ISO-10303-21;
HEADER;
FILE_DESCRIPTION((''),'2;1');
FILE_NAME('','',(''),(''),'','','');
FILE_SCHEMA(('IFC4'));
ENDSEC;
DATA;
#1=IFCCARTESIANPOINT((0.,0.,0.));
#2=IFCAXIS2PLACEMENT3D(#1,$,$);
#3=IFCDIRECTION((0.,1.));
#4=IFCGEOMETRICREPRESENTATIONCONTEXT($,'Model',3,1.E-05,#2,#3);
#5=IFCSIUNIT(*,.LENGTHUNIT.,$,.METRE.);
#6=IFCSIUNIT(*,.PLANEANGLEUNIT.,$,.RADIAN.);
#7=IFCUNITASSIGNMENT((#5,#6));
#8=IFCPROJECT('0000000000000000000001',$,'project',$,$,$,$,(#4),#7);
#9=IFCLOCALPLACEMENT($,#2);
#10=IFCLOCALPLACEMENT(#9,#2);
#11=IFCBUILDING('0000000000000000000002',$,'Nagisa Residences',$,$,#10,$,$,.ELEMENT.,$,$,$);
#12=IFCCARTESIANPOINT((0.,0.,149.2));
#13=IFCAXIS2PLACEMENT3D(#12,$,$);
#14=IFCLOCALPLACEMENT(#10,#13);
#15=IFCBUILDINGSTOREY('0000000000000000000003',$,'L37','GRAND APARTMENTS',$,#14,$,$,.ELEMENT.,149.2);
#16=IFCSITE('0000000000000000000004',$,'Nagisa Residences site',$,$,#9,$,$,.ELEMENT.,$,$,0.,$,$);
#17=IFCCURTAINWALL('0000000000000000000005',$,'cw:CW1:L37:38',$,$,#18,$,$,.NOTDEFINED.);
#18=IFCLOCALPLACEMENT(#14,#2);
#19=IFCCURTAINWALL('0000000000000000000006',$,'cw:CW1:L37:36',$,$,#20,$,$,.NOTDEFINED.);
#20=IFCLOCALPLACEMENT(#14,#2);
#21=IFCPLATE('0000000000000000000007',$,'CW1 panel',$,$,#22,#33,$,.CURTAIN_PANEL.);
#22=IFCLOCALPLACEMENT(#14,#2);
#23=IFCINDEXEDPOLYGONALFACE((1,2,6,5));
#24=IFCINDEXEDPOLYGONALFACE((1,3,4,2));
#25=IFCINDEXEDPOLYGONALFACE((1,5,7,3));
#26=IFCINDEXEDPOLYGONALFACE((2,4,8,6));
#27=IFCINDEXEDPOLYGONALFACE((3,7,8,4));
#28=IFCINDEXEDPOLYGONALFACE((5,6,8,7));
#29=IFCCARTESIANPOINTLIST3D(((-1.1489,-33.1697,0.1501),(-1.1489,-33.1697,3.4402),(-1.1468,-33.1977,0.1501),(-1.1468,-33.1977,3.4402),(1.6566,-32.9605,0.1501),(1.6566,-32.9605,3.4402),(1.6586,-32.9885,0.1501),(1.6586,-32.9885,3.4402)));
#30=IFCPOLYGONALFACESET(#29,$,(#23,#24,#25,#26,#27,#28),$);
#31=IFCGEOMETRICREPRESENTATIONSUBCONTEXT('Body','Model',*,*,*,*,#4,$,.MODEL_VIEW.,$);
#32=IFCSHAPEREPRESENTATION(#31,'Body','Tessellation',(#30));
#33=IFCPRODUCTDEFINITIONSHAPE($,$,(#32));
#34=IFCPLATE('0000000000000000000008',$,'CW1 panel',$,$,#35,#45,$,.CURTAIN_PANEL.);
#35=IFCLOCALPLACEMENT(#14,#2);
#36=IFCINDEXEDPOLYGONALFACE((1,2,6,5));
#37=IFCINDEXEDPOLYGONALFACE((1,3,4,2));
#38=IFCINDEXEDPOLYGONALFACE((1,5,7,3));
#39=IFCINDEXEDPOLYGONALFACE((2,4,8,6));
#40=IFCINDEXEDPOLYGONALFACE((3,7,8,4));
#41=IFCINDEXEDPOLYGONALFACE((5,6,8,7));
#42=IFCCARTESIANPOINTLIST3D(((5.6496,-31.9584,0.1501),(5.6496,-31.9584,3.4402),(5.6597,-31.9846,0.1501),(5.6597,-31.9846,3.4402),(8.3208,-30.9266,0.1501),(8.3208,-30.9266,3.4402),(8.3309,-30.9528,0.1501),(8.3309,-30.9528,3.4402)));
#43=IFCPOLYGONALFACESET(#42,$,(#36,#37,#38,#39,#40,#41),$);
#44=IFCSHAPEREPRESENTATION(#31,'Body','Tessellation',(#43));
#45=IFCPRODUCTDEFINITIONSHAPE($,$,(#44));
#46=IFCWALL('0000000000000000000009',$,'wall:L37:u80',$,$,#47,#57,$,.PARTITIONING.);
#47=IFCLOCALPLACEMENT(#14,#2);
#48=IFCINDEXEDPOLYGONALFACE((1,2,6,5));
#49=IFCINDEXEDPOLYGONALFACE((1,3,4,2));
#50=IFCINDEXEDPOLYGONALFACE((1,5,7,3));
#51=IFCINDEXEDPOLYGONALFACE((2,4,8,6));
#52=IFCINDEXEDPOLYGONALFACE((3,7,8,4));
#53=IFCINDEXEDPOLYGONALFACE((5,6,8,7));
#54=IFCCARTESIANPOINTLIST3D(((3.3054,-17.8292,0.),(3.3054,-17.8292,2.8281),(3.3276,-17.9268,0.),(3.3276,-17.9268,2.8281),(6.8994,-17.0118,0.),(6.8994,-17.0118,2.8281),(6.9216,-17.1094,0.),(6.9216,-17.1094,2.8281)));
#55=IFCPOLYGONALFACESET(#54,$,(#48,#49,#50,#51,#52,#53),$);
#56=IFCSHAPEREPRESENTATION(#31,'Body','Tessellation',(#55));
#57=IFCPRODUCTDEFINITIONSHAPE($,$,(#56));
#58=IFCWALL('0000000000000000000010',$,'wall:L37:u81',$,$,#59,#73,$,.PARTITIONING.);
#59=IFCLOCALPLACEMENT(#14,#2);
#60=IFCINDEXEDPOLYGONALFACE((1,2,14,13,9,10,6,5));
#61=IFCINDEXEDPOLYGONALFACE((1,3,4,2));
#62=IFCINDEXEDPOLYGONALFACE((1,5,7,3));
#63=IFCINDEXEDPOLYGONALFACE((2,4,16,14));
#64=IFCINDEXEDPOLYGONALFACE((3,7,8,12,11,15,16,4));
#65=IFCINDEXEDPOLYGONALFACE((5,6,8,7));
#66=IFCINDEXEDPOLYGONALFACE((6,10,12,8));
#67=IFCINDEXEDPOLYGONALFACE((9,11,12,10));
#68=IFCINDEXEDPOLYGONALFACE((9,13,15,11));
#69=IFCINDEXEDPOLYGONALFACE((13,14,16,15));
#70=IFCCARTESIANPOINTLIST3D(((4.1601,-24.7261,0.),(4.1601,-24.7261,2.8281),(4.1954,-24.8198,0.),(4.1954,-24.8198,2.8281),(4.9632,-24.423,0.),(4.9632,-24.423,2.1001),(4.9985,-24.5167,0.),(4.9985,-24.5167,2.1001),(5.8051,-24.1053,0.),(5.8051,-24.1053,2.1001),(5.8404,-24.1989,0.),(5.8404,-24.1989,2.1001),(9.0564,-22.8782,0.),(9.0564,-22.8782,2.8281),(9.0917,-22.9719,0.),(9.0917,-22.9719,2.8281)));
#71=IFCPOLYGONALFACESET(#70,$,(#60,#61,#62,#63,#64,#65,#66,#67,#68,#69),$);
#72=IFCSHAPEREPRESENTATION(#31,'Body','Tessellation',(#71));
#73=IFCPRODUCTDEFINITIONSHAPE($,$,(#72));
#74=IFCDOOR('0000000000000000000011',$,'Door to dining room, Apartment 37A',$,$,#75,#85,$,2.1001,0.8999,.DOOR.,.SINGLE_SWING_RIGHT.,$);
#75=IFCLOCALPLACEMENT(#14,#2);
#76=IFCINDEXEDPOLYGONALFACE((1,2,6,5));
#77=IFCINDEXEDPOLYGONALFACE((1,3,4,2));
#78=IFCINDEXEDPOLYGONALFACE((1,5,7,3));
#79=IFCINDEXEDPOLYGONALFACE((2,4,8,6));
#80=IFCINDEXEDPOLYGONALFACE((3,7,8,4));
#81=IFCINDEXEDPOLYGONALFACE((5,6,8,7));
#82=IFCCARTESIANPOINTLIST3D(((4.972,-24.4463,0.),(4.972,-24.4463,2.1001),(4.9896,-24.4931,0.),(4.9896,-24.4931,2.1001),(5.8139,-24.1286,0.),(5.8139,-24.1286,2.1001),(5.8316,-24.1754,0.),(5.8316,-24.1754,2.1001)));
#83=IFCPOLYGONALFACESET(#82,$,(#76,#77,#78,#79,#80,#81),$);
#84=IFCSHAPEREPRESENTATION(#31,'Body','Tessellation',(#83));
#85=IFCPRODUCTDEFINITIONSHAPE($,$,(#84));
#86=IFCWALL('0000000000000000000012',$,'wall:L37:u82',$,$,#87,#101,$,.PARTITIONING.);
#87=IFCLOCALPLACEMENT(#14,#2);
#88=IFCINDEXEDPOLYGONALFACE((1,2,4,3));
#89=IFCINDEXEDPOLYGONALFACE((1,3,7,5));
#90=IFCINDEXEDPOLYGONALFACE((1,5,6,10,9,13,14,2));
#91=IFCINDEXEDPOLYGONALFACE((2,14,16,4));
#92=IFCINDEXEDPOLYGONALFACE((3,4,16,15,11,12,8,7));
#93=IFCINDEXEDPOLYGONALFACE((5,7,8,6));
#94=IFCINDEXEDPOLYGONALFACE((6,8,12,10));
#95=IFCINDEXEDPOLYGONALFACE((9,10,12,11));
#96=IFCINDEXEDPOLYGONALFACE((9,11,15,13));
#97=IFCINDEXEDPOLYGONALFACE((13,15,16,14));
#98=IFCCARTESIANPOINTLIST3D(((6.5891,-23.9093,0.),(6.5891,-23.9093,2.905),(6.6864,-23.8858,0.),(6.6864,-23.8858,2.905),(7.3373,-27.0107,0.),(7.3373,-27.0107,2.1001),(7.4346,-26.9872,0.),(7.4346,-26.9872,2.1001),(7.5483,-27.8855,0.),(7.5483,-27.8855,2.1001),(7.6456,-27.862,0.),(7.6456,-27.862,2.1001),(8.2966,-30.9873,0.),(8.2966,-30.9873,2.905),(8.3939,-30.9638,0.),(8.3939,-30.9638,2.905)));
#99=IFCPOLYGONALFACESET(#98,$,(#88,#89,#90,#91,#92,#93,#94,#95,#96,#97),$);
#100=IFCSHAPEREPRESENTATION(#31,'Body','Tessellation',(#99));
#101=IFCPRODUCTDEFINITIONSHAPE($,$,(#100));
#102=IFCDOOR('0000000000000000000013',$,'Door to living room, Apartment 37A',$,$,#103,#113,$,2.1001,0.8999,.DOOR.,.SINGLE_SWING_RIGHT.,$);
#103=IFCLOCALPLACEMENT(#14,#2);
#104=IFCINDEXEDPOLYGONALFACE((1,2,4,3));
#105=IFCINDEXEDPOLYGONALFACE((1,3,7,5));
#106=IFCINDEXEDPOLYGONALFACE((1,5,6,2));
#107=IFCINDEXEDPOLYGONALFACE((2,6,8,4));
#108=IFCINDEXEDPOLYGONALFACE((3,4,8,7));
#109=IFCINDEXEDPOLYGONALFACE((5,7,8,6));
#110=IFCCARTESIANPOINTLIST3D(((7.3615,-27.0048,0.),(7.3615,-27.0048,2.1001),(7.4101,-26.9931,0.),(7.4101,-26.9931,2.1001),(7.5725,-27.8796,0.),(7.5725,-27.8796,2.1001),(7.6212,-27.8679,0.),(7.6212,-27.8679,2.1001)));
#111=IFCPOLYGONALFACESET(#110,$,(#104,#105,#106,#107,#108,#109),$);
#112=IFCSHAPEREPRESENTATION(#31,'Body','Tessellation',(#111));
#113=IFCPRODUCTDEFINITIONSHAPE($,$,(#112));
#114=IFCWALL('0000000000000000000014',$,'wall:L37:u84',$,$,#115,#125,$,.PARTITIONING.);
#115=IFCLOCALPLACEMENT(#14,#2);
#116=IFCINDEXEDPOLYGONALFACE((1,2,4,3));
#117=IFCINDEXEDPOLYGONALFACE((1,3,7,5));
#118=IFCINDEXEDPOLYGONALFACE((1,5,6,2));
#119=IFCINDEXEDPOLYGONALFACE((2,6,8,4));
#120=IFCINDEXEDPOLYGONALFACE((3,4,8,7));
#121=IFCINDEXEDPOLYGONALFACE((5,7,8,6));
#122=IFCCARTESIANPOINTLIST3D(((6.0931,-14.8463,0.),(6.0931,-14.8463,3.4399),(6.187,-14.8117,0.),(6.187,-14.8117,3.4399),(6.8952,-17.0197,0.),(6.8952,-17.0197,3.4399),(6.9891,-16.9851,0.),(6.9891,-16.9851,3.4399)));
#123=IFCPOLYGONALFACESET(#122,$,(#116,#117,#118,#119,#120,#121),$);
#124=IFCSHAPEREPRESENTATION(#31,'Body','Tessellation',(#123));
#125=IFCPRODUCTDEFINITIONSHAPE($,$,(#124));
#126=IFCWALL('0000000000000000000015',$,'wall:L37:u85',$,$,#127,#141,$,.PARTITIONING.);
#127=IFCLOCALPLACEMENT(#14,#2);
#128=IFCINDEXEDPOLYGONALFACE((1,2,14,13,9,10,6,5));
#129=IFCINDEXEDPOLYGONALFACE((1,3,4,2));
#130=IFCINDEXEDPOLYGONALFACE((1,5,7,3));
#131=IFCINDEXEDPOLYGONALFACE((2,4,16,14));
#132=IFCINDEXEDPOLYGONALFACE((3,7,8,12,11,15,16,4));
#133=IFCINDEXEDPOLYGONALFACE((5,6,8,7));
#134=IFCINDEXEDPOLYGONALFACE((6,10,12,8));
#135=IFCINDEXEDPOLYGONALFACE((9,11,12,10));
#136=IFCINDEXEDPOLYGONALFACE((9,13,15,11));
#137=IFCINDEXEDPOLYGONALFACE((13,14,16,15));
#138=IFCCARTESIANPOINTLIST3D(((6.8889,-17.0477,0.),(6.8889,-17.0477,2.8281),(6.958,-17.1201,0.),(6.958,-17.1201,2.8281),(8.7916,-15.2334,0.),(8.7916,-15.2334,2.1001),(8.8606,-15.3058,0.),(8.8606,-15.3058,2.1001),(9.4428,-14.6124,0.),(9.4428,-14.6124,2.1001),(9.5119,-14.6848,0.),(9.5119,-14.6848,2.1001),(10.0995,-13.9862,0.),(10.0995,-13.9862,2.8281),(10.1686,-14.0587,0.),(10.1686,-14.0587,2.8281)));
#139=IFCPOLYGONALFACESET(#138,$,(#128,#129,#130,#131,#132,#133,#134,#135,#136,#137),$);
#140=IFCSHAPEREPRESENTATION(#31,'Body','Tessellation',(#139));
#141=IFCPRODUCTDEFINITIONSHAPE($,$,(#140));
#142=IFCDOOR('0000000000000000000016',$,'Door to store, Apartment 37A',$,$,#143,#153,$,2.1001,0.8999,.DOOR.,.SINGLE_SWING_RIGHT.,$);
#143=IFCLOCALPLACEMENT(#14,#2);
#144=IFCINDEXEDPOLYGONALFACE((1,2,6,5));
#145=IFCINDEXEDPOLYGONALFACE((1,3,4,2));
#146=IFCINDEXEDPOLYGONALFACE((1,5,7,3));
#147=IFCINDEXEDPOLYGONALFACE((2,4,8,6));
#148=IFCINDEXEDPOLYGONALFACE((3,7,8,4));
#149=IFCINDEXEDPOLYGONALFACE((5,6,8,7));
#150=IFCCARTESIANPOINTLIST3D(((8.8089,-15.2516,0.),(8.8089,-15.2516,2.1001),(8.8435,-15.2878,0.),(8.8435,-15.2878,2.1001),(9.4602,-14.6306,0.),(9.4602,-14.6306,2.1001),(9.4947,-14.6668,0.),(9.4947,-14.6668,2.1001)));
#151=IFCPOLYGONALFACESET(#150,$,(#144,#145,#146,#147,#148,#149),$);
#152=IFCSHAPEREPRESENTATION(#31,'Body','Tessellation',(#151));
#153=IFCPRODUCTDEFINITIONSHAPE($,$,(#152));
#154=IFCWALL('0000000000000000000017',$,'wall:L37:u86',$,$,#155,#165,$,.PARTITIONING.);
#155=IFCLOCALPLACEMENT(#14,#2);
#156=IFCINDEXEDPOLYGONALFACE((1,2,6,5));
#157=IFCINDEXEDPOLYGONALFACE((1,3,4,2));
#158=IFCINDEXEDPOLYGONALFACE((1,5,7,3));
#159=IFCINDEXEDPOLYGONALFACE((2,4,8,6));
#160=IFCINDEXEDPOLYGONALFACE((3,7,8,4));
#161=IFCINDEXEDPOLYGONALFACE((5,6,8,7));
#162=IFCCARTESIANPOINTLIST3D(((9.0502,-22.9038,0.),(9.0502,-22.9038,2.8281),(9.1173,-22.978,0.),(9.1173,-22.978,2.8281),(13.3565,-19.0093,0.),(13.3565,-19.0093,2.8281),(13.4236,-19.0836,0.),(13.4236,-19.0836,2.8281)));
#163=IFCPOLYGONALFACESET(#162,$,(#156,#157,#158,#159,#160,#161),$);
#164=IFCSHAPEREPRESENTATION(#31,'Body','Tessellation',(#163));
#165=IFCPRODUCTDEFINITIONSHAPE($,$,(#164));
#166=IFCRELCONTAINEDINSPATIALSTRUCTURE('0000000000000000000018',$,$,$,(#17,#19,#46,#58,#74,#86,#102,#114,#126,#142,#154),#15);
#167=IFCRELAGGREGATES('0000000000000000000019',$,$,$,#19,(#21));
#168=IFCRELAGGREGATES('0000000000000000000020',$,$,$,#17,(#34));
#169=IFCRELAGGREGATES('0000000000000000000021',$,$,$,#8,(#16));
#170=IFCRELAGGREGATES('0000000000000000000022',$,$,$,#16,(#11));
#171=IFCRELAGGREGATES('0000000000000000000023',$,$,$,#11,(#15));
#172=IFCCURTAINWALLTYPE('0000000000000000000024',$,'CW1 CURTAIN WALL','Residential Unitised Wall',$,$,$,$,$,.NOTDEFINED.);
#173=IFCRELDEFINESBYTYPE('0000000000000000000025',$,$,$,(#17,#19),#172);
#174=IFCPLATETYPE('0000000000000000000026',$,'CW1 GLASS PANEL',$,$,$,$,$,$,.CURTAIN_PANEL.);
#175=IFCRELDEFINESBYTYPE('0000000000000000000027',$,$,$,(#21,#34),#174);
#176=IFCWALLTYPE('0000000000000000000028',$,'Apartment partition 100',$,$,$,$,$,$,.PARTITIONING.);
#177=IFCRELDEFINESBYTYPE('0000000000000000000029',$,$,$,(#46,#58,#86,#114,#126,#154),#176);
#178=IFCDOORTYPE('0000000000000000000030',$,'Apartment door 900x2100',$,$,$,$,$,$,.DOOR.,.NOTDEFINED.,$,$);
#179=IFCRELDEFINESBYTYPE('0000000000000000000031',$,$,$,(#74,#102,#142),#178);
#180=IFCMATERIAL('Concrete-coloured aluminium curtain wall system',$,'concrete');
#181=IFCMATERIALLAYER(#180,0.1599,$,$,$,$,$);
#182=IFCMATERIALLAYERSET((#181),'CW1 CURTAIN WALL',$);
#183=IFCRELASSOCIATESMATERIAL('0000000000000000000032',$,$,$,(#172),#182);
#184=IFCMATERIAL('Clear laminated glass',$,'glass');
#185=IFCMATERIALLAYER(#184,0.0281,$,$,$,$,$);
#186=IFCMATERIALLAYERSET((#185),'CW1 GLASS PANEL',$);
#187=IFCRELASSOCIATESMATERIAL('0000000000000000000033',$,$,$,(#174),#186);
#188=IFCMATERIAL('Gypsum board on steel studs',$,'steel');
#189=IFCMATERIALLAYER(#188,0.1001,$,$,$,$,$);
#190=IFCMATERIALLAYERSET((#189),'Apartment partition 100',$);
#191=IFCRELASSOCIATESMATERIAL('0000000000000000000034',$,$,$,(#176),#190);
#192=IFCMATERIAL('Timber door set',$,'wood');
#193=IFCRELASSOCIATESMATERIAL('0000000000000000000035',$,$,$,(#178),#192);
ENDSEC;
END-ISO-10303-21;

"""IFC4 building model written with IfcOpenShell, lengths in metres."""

from ifc_helpers import new_model, si_unit, direction, frame, frame_2d, origin, origin_2d, place, context, subcontext, project, spatial, rectangle, extrude, material, layer, layer_set, type_object, element, fill, aggregate, save


model = new_model("IFC4")

# Units and contexts
model_context = context("Model", 3, precision=1e-05, world=origin(), true_north=direction((0.0, 1.0)))
body_context = subcontext(model_context, "Body", "Model", "MODEL_VIEW")
ifc_project = project(units=[si_unit("LENGTHUNIT", "METRE"), si_unit("PLANEANGLEUNIT", "RADIAN")], contexts=[model_context])

# Site, building, storey
site_placement = place(None, origin())
site = spatial("IfcSite", under=ifc_project, at=site_placement, Name="Nagisa Residences site", CompositionType="ELEMENT", RefElevation=0.0)
building_placement = place(site_placement, origin())
building = spatial("IfcBuilding", under=site, at=building_placement, Name="Nagisa Residences", CompositionType="ELEMENT")
storey_placement = place(building_placement, frame((0.0, 0.0, 149.2)))
storey = spatial("IfcBuildingStorey", under=building, at=storey_placement, Name="L37", Description="GRAND APARTMENTS", CompositionType="ELEMENT", Elevation=149.2)

# Curtain wall
ifc_material_1 = material(Name="Concrete-coloured aluminium curtain wall system", Category="concrete")
ifc_layer_1 = layer(ifc_material_1, 0.1599)
ifc_layer_set_1 = layer_set([ifc_layer_1], Name="CW1 CURTAIN WALL")
curtain_wall_type = type_object("IfcCurtainWallType", Name="CW1 CURTAIN WALL", Description="Residential Unitised Wall", PredefinedType="NOTDEFINED", material=ifc_layer_set_1)
curtain_wall_1_placement = place(storey_placement, origin())
curtain_wall_1 = element("IfcCurtainWall", 1, at=curtain_wall_1_placement, inside=storey, type_object=curtain_wall_type, Name="cw:CW1:L37:38", PredefinedType="NOTDEFINED")

# Curtain wall, plate
curtain_wall_2_placement = place(storey_placement, origin())
curtain_wall_2 = element("IfcCurtainWall", 2, at=curtain_wall_2_placement, inside=storey, type_object=curtain_wall_type, Name="cw:CW1:L37:36", PredefinedType="NOTDEFINED")
ifc_material_2 = material(Name="Clear laminated glass", Category="glass")
ifc_layer_2 = layer(ifc_material_2, 0.0281)
ifc_layer_set_2 = layer_set([ifc_layer_2], Name="CW1 GLASS PANEL")
plate_type = type_object("IfcPlateType", Name="CW1 GLASS PANEL", PredefinedType="CURTAIN_PANEL", material=ifc_layer_set_2)
plate_1_placement = place(storey_placement, frame((0.2549, -33.0791, 0.1501), z_axis=(0.0, 0.0, 1.0), x_axis=(0.99723, 0.074377, 0.0)))
plate_1 = element("IfcPlate", 3, at=plate_1_placement, type_object=plate_type, Name="CW1 panel", PredefinedType="CURTAIN_PANEL", context=body_context, shape_type="SweptSolid", body=[
    extrude(rectangle(XDim=2.8132, YDim=0.0281, at=origin_2d()), origin(), (0.0, 0.0, 1.0), 3.29),
])
aggregate(curtain_wall_2, [plate_1])

# Plate
plate_2_placement = place(storey_placement, frame((6.9902, -31.4556, 0.1501), z_axis=(0.0, 0.0, 1.0), x_axis=(0.932826, 0.360328, 0.0)))
plate_2 = element("IfcPlate", 4, at=plate_2_placement, type_object=plate_type, Name="CW1 panel", PredefinedType="CURTAIN_PANEL", context=body_context, shape_type="SweptSolid", body=[
    extrude(rectangle(XDim=2.8635, YDim=0.0281, at=origin_2d()), origin(), (0.0, 0.0, 1.0), 3.29),
])
aggregate(curtain_wall_1, [plate_2])

# Wall
ifc_material_3 = material(Name="Gypsum board on steel studs", Category="steel")
ifc_layer_3 = layer(ifc_material_3, 0.1001)
ifc_layer_set_3 = layer_set([ifc_layer_3], Name="Apartment partition 100")
wall_type_1 = type_object("IfcWallType", Name="Apartment partition 100", PredefinedType="PARTITIONING", material=ifc_layer_set_3)
wall_1_placement = place(storey_placement, frame((3.3167, -17.8779, 0.0), z_axis=(0.0, 0.0, 1.0), x_axis=(0.9751, 0.221767, 0.0)))
element("IfcWall", 5, at=wall_1_placement, inside=storey, type_object=wall_type_1, Name="wall:L37:u80", PredefinedType="PARTITIONING", context=body_context, shape_type="SweptSolid", body=[
    extrude(rectangle(XDim=3.6858, YDim=0.1001, at=frame_2d((1.8428, 0.0))), origin(), (0.0, 0.0, 1.0), 2.8281),
])

# Walls, openings, doors
wall_2_placement = place(storey_placement, frame((4.1777, -24.7729, 0.0), z_axis=(0.0, 0.0, 1.0), x_axis=(0.935585, 0.353101, 0.0)))
wall_2 = element("IfcWall", 6, at=wall_2_placement, inside=storey, type_object=wall_type_1, Name="wall:L37:u81", PredefinedType="PARTITIONING", context=body_context, shape_type="SweptSolid", body=[
    extrude(rectangle(XDim=5.2334, YDim=0.1001, at=frame_2d((2.6167, 0.0))), origin(), (0.0, 0.0, 1.0), 2.8281),
])
opening_1_placement = place(wall_2_placement, frame((0.8584, 0.0, 0.0)))
opening_1 = element("IfcOpeningElement", 7, at=opening_1_placement, cuts=wall_2, PredefinedType="OPENING", context=body_context, shape_type="SweptSolid", body=[
    extrude(rectangle(XDim=0.8999, YDim=2.1001, at=frame_2d((0.45, 1.05))), frame((0.0, 0.0601, 0.0), z_axis=(0.0, -1.0, 0.0), x_axis=(1.0, 0.0, 0.0)), (0.0, 0.0, 1.0), 0.1201),
])
ifc_material_4 = material(Name="Timber door set", Category="wood")
door_type_1 = type_object("IfcDoorType", Name="Apartment door 900x2100", OperationType="NOTDEFINED", PredefinedType="DOOR", material=ifc_material_4)
door_1_placement = place(opening_1_placement, frame((0.8999, 0.0, 0.0), x_axis=(-1.0, 0.0, 0.0)))
door_1 = element("IfcDoor", 8, at=door_1_placement, inside=storey, type_object=door_type_1, Name="Door to dining room, Apartment 37A", OperationType="SINGLE_SWING_RIGHT", OverallHeight=2.1001, OverallWidth=0.8999, PredefinedType="DOOR", context=body_context, shape_type="SweptSolid", body=[
    extrude(rectangle(XDim=0.8999, YDim=2.1001, at=frame_2d((0.45, 1.05))), frame((0.0, 0.0249, 0.0), z_axis=(0.0, -1.0, 0.0), x_axis=(1.0, 0.0, 0.0)), (0.0, 0.0, 1.0), 0.05),
])
fill(opening_1, door_1)
wall_3_placement = place(storey_placement, frame((6.6377, -23.8975, 0.0), z_axis=(0.0, 0.0, 1.0), x_axis=(0.234519, -0.972111, 0.0)))
wall_3 = element("IfcWall", 9, at=wall_3_placement, inside=storey, type_object=wall_type_1, Name="wall:L37:u82", PredefinedType="PARTITIONING", context=body_context, shape_type="SweptSolid", body=[
    extrude(rectangle(XDim=7.281, YDim=0.1001, at=frame_2d((3.6406, 0.0))), origin(), (0.0, 0.0, 1.0), 2.905),
])
opening_2_placement = place(wall_3_placement, frame((3.1904, 0.0, 0.0)))
opening_2 = element("IfcOpeningElement", 10, at=opening_2_placement, cuts=wall_3, PredefinedType="OPENING", context=body_context, shape_type="SweptSolid", body=[
    extrude(rectangle(XDim=0.8999, YDim=2.1001, at=frame_2d((0.45, 1.05))), frame((0.0, 0.0601, 0.0), z_axis=(0.0, -1.0, 0.0), x_axis=(1.0, 0.0, 0.0)), (0.0, 0.0, 1.0), 0.1201),
])
door_2_placement = place(opening_2_placement, origin())
door_2 = element("IfcDoor", 11, at=door_2_placement, inside=storey, type_object=door_type_1, Name="Door to living room, Apartment 37A", OperationType="SINGLE_SWING_RIGHT", OverallHeight=2.1001, OverallWidth=0.8999, PredefinedType="DOOR", context=body_context, shape_type="SweptSolid", body=[
    extrude(rectangle(XDim=0.8999, YDim=2.1001, at=frame_2d((0.45, 1.05))), frame((0.0, 0.0249, 0.0), z_axis=(0.0, -1.0, 0.0), x_axis=(1.0, 0.0, 0.0)), (0.0, 0.0, 1.0), 0.05),
])
fill(opening_2, door_2)

# Wall
wall_4_placement = place(storey_placement, frame((6.1401, -14.8291, 0.0), z_axis=(0.0, 0.0, 1.0), x_axis=(0.346199, -0.938161, 0.0)))
element("IfcWall", 12, at=wall_4_placement, inside=storey, type_object=wall_type_1, Name="wall:L37:u84", PredefinedType="PARTITIONING", context=body_context, shape_type="SweptSolid", body=[
    extrude(rectangle(XDim=2.3167, YDim=0.1001, at=frame_2d((1.1582, 0.0))), origin(), (0.0, 0.0, 1.0), 3.4399),
])

# Wall, opening, door
wall_5_placement = place(storey_placement, frame((6.9233, -17.084, 0.0), z_axis=(0.0, 0.0, 1.0), x_axis=(0.723719, 0.690095, 0.0)))
wall_5 = element("IfcWall", 13, at=wall_5_placement, inside=storey, type_object=wall_type_1, Name="wall:L37:u85", PredefinedType="PARTITIONING", context=body_context, shape_type="SweptSolid", body=[
    extrude(rectangle(XDim=4.4363, YDim=0.1001, at=frame_2d((2.2183, 0.0))), origin(), (0.0, 0.0, 1.0), 2.8281),
])
opening_3_placement = place(wall_5_placement, frame((2.6292, 0.0, 0.0)))
opening_3 = element("IfcOpeningElement", 14, at=opening_3_placement, cuts=wall_5, PredefinedType="OPENING", context=body_context, shape_type="SweptSolid", body=[
    extrude(rectangle(XDim=0.8999, YDim=2.1001, at=frame_2d((0.45, 1.05))), frame((0.0, 0.0601, 0.0), z_axis=(0.0, -1.0, 0.0), x_axis=(1.0, 0.0, 0.0)), (0.0, 0.0, 1.0), 0.1201),
])
door_3_placement = place(opening_3_placement, origin())
door_3 = element("IfcDoor", 15, at=door_3_placement, inside=storey, type_object=door_type_1, Name="Door to store, Apartment 37A", OperationType="SINGLE_SWING_RIGHT", OverallHeight=2.1001, OverallWidth=0.8999, PredefinedType="DOOR", context=body_context, shape_type="SweptSolid", body=[
    extrude(rectangle(XDim=0.8999, YDim=2.1001, at=frame_2d((0.45, 1.05))), frame((0.0, 0.0249, 0.0), z_axis=(0.0, -1.0, 0.0), x_axis=(1.0, 0.0, 0.0)), (0.0, 0.0, 1.0), 0.05),
])
fill(opening_3, door_3)

# Wall
wall_6_placement = place(storey_placement, frame((9.0837, -22.9409, 0.0), z_axis=(0.0, 0.0, 1.0), x_axis=(0.741684, 0.670749, 0.0)))
element("IfcWall", 16, at=wall_6_placement, inside=storey, type_object=wall_type_1, Name="wall:L37:u86", PredefinedType="PARTITIONING", context=body_context, shape_type="SweptSolid", body=[
    extrude(rectangle(XDim=5.8062, YDim=0.1001, at=frame_2d((2.9031, 0.0))), origin(), (0.0, 0.0, 1.0), 2.8281),
])

save(model, "model.ifc")
